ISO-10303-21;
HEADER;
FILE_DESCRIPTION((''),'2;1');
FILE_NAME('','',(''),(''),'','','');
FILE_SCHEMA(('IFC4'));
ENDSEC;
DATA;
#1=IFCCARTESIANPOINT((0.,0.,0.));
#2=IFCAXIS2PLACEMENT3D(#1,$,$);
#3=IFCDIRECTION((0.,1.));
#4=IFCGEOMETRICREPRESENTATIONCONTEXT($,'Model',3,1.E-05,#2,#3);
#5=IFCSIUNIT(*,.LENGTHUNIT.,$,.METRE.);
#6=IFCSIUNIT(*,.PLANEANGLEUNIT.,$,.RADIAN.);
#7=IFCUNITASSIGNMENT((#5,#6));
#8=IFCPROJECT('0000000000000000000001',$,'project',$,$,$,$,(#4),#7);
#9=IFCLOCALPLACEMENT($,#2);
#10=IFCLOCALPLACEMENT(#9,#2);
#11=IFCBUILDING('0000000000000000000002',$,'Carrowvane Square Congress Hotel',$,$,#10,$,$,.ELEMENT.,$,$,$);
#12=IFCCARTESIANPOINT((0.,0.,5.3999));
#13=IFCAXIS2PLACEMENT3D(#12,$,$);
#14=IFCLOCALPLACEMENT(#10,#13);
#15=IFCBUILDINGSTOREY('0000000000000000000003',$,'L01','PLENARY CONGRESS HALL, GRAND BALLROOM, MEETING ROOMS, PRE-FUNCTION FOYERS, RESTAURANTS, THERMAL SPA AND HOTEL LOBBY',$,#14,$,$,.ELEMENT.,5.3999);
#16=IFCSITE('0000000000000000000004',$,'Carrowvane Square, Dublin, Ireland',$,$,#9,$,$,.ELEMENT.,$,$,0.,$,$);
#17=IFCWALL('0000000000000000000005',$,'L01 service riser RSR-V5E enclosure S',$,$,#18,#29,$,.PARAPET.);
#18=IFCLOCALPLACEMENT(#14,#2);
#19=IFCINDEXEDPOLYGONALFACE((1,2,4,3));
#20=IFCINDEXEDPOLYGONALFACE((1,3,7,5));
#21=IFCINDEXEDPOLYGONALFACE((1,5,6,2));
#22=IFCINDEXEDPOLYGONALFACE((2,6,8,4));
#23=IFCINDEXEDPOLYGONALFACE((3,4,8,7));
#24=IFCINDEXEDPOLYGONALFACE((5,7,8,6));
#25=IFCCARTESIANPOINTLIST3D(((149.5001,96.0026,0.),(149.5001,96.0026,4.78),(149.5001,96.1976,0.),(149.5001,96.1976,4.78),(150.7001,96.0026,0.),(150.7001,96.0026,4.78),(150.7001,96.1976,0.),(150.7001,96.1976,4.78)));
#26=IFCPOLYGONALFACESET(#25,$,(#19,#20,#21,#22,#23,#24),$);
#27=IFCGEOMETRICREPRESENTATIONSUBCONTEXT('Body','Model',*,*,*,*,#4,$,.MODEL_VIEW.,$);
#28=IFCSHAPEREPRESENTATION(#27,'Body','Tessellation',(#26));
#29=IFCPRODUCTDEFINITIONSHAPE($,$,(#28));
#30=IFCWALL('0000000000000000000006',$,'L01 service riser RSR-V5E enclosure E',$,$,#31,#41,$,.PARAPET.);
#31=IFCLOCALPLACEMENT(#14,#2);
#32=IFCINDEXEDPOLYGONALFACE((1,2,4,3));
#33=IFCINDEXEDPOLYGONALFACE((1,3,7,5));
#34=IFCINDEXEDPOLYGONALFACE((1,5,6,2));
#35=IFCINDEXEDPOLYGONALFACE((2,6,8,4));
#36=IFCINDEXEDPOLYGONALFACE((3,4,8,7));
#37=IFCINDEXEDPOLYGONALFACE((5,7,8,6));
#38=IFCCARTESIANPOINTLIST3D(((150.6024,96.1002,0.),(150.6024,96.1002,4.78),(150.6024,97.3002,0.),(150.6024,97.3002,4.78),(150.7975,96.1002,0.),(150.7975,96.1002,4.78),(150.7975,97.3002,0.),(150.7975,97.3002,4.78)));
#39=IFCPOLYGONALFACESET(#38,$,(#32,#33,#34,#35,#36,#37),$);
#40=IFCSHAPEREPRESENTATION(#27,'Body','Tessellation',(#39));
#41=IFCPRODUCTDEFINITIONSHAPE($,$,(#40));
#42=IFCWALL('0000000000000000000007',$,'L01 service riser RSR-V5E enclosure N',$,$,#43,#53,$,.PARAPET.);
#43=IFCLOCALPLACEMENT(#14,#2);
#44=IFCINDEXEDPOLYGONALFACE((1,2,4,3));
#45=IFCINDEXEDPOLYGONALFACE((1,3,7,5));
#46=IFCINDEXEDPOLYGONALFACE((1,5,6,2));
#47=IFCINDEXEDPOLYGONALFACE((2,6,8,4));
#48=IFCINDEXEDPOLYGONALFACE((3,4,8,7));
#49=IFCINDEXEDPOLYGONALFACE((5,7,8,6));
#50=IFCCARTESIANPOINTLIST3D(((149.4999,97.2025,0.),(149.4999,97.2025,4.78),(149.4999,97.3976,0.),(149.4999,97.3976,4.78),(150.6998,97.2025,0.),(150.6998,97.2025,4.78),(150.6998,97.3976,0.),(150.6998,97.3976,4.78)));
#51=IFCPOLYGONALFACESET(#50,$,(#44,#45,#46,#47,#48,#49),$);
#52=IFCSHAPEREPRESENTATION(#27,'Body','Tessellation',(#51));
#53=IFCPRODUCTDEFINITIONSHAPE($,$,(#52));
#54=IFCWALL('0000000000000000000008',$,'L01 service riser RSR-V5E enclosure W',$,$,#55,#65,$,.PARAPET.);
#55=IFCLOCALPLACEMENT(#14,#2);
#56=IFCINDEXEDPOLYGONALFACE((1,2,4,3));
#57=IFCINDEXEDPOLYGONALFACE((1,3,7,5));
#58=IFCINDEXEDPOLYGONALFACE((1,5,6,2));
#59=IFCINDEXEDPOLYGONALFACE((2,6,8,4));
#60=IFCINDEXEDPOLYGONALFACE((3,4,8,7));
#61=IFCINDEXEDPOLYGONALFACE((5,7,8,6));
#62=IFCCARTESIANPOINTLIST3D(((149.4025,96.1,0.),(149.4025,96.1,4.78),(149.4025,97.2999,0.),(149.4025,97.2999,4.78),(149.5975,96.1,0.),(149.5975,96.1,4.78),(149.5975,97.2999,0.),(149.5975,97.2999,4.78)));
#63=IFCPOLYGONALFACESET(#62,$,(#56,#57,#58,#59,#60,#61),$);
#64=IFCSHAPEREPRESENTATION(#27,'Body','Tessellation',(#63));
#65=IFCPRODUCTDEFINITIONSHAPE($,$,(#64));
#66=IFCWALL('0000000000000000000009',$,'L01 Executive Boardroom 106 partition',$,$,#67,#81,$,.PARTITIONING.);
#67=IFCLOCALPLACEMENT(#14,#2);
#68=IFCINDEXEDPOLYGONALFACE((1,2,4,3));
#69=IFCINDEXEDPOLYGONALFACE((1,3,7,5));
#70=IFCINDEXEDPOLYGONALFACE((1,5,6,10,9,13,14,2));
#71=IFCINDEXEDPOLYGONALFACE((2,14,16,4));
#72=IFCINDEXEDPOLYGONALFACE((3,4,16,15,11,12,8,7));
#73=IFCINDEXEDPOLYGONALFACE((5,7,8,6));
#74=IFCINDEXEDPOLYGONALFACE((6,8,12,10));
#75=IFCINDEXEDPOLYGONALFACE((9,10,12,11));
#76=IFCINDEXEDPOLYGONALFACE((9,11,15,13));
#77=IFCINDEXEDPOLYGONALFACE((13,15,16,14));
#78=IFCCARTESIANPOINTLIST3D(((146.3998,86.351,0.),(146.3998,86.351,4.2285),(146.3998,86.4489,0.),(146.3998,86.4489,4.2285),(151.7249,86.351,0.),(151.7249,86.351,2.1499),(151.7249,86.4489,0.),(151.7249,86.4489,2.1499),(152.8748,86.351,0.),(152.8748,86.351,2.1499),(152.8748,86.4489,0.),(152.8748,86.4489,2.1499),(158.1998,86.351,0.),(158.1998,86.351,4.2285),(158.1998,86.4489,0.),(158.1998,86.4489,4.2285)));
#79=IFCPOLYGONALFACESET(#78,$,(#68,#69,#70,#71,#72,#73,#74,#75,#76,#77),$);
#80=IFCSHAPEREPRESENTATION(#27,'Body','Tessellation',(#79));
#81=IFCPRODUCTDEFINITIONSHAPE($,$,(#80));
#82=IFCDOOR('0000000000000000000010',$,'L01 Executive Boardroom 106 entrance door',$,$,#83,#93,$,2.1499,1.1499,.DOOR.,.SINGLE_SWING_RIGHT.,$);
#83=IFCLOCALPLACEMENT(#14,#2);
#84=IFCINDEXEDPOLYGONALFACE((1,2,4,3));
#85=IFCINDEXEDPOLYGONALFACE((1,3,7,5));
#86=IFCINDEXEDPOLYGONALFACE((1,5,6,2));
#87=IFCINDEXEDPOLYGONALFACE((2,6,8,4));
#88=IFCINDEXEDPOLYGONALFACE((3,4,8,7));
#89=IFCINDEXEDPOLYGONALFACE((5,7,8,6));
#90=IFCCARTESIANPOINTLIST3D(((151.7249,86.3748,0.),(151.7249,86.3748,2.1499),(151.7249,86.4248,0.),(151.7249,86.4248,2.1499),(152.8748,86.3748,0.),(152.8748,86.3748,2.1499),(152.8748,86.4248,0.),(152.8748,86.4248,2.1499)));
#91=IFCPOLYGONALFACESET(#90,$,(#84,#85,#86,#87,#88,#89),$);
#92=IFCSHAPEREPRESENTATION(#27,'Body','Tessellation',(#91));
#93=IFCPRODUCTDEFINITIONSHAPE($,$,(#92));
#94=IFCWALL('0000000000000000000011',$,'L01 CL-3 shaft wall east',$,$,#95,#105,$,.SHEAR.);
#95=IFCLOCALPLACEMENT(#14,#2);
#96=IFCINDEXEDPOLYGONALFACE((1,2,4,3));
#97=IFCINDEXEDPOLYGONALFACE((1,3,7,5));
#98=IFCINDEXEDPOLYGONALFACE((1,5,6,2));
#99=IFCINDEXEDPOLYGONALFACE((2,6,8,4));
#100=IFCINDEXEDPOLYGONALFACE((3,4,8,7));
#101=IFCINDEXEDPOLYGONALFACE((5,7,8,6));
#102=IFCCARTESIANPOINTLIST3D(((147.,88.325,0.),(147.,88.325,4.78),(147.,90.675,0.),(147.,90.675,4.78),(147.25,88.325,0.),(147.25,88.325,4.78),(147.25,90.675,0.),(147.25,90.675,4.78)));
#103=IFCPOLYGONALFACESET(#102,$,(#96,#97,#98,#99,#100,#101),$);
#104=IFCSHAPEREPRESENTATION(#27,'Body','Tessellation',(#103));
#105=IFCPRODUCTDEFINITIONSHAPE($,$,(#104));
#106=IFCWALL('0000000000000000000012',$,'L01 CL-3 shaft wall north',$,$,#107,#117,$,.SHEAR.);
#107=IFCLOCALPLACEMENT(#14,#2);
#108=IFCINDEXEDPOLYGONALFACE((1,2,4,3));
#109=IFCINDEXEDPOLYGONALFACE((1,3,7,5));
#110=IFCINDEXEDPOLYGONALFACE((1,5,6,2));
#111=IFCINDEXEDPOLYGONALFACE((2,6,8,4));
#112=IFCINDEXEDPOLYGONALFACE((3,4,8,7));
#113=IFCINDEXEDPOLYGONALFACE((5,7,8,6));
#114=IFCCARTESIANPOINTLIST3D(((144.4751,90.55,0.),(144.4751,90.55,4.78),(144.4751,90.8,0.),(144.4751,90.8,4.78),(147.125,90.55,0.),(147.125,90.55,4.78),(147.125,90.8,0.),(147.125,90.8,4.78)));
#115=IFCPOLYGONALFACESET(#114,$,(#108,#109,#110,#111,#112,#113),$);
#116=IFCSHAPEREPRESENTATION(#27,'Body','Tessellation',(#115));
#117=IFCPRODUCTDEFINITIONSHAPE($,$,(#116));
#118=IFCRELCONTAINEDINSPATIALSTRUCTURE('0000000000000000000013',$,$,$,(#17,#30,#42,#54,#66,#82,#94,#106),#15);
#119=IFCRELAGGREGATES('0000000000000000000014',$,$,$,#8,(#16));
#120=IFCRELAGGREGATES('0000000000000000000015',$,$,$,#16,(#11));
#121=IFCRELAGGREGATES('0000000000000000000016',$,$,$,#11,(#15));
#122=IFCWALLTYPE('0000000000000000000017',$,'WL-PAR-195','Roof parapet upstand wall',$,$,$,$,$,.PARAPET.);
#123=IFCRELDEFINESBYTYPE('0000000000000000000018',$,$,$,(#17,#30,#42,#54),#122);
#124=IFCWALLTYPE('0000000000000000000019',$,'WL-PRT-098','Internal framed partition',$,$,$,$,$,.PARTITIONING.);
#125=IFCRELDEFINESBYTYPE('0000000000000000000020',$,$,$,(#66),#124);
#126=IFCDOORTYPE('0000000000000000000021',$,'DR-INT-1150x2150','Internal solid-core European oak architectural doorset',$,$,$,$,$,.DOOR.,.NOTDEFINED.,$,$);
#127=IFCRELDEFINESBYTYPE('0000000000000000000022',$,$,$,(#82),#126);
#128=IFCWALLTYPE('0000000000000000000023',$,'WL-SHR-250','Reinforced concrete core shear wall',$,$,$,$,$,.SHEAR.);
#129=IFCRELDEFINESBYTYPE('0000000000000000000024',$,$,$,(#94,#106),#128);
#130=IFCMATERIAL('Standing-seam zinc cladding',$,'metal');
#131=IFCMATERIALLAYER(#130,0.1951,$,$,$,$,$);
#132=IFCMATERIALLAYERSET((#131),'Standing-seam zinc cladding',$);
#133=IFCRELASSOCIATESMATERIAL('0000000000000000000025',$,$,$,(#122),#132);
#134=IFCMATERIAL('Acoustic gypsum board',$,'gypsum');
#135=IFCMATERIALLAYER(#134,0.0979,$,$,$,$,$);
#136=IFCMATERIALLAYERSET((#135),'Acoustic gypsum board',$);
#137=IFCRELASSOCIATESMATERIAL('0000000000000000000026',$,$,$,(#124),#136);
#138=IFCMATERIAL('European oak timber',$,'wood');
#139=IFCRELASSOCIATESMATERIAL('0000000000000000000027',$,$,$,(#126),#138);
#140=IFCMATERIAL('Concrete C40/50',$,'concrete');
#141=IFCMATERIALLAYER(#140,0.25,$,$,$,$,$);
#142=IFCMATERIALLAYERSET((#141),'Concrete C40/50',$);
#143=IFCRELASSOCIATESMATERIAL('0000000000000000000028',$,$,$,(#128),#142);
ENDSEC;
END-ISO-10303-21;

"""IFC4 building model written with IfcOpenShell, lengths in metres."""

from ifc_helpers import new_model, si_unit, direction, frame, frame_2d, origin, place, context, subcontext, project, spatial, rectangle, extrude, material, layer, layer_set, type_object, element, fill, save


model = new_model("IFC4")

# Units and contexts
model_context = context("Model", 3, precision=1e-05, world=origin(), true_north=direction((0.0, 1.0)))
body_context = subcontext(model_context, "Body", "Model", "MODEL_VIEW")
ifc_project = project(units=[si_unit("LENGTHUNIT", "METRE"), si_unit("PLANEANGLEUNIT", "RADIAN")], contexts=[model_context])

# Site, building, storey
site_placement = place(None, origin())
site = spatial("IfcSite", under=ifc_project, at=site_placement, Name="Carrowvane Square, Dublin, Ireland", CompositionType="ELEMENT", RefElevation=0.0)
building_placement = place(site_placement, origin())
building = spatial("IfcBuilding", under=site, at=building_placement, Name="Carrowvane Square Congress Hotel", CompositionType="ELEMENT")
storey_placement = place(building_placement, frame((0.0, 0.0, 5.3999)))
storey = spatial("IfcBuildingStorey", under=building, at=storey_placement, Name="L01", Description="PLENARY CONGRESS HALL, GRAND BALLROOM, MEETING ROOMS, PRE-FUNCTION FOYERS, RESTAURANTS, THERMAL SPA AND HOTEL LOBBY", CompositionType="ELEMENT", Elevation=5.3999)

# Walls
ifc_material_1 = material(Name="Standing-seam zinc cladding", Category="metal")
ifc_layer_1 = layer(ifc_material_1, 0.1951)
ifc_layer_set_1 = layer_set([ifc_layer_1], Name="Standing-seam zinc cladding")
wall_type_1 = type_object("IfcWallType", Name="WL-PAR-195", Description="Roof parapet upstand wall", PredefinedType="PARAPET", material=ifc_layer_set_1)
for number, where, z_axis, x_axis, name in (
    (1, (149.5, 96.1001, 0.0), (0.0, 0.0, 1.0), (1.0, 0.0, 0.0), "L01 service riser RSR-V5E enclosure S"),
    (2, (150.7, 96.1001, 0.0), (0.0, 0.0, 1.0), (0.0, 1.0, 0.0), "L01 service riser RSR-V5E enclosure E"),
    (3, (150.7, 97.3, 0.0), (0.0, 0.0, 1.0), (-1.0, 0.0, 0.0), "L01 service riser RSR-V5E enclosure N"),
    (4, (149.5, 97.3, 0.0), (0.0, 0.0, 1.0), (0.0, -1.0, 0.0), "L01 service riser RSR-V5E enclosure W"),
):
    element("IfcWall", number, at=place(storey_placement, frame(where, z_axis=z_axis, x_axis=x_axis)), inside=storey, type_object=wall_type_1, Name=name, PredefinedType="PARAPET", context=body_context, shape_type="SweptSolid", body=[
        extrude(rectangle(XDim=1.2, YDim=0.1951, at=frame_2d((0.6001, 0.0))), origin(), (0.0, 0.0, 1.0), 4.78),
    ])

# Wall, opening, door
ifc_material_2 = material(Name="Acoustic gypsum board", Category="gypsum")
ifc_layer_2 = layer(ifc_material_2, 0.0979)
ifc_layer_set_2 = layer_set([ifc_layer_2], Name="Acoustic gypsum board")
wall_type_2 = type_object("IfcWallType", Name="WL-PRT-098", Description="Internal framed partition", PredefinedType="PARTITIONING", material=ifc_layer_set_2)
wall_1_placement = place(storey_placement, frame((146.3999, 86.3999, 0.0), z_axis=(0.0, 0.0, 1.0), x_axis=(1.0, 0.0, 0.0)))
wall_1 = element("IfcWall", 5, at=wall_1_placement, inside=storey, type_object=wall_type_2, Name="L01 Executive Boardroom 106 partition", PredefinedType="PARTITIONING", context=body_context, shape_type="SweptSolid", body=[
    extrude(rectangle(XDim=11.8, YDim=0.0979, at=frame_2d((5.8999, 0.0))), origin(), (0.0, 0.0, 1.0), 4.2285),
])
opening_placement = place(wall_1_placement, frame((5.325, 0.0, 0.0)))
opening = element("IfcOpeningElement", 6, at=opening_placement, cuts=wall_1, PredefinedType="OPENING", context=body_context, shape_type="SweptSolid", body=[
    extrude(rectangle(XDim=1.1499, YDim=2.1499, at=frame_2d((0.575, 1.075))), frame((0.0, 0.0588, 0.0), z_axis=(0.0, -1.0, 0.0), x_axis=(1.0, 0.0, 0.0)), (0.0, 0.0, 1.0), 0.1179),
])
ifc_material_3 = material(Name="European oak timber", Category="wood")
door_type = type_object("IfcDoorType", Name="DR-INT-1150x2150", Description="Internal solid-core European oak architectural doorset", OperationType="NOTDEFINED", PredefinedType="DOOR", material=ifc_material_3)
door_placement = place(opening_placement, origin())
door = element("IfcDoor", 7, at=door_placement, inside=storey, type_object=door_type, Name="L01 Executive Boardroom 106 entrance door", OperationType="SINGLE_SWING_RIGHT", OverallHeight=2.1499, OverallWidth=1.1499, PredefinedType="DOOR", context=body_context, shape_type="SweptSolid", body=[
    extrude(rectangle(XDim=1.1499, YDim=2.1499, at=frame_2d((0.575, 1.075))), frame((0.0, 0.0249, 0.0), z_axis=(0.0, -1.0, 0.0), x_axis=(1.0, 0.0, 0.0)), (0.0, 0.0, 1.0), 0.05),
])
fill(opening, door)

# Walls
ifc_material_4 = material(Name="Concrete C40/50", Category="concrete")
ifc_layer_3 = layer(ifc_material_4, 0.25)
ifc_layer_set_3 = layer_set([ifc_layer_3], Name="Concrete C40/50")
wall_type_3 = type_object("IfcWallType", Name="WL-SHR-250", Description="Reinforced concrete core shear wall", PredefinedType="SHEAR", material=ifc_layer_set_3)
wall_2_placement = place(storey_placement, frame((147.125, 88.325, 0.0), z_axis=(0.0, 0.0, 1.0), x_axis=(0.0, 1.0, 0.0)))
element("IfcWall", 8, at=wall_2_placement, inside=storey, type_object=wall_type_3, Name="L01 CL-3 shaft wall east", PredefinedType="SHEAR", context=body_context, shape_type="SweptSolid", body=[
    extrude(rectangle(XDim=2.3501, YDim=0.25, at=frame_2d((1.175, 0.0))), origin(), (0.0, 0.0, 1.0), 4.78),
])
wall_3_placement = place(storey_placement, frame((147.125, 90.675, 0.0), z_axis=(0.0, 0.0, 1.0), x_axis=(-1.0, 0.0, 0.0)))
element("IfcWall", 9, at=wall_3_placement, inside=storey, type_object=wall_type_3, Name="L01 CL-3 shaft wall north", PredefinedType="SHEAR", context=body_context, shape_type="SweptSolid", body=[
    extrude(rectangle(XDim=2.6499, YDim=0.25, at=frame_2d((1.325, 0.0))), origin(), (0.0, 0.0, 1.0), 4.78),
])

save(model, "model.ifc")
